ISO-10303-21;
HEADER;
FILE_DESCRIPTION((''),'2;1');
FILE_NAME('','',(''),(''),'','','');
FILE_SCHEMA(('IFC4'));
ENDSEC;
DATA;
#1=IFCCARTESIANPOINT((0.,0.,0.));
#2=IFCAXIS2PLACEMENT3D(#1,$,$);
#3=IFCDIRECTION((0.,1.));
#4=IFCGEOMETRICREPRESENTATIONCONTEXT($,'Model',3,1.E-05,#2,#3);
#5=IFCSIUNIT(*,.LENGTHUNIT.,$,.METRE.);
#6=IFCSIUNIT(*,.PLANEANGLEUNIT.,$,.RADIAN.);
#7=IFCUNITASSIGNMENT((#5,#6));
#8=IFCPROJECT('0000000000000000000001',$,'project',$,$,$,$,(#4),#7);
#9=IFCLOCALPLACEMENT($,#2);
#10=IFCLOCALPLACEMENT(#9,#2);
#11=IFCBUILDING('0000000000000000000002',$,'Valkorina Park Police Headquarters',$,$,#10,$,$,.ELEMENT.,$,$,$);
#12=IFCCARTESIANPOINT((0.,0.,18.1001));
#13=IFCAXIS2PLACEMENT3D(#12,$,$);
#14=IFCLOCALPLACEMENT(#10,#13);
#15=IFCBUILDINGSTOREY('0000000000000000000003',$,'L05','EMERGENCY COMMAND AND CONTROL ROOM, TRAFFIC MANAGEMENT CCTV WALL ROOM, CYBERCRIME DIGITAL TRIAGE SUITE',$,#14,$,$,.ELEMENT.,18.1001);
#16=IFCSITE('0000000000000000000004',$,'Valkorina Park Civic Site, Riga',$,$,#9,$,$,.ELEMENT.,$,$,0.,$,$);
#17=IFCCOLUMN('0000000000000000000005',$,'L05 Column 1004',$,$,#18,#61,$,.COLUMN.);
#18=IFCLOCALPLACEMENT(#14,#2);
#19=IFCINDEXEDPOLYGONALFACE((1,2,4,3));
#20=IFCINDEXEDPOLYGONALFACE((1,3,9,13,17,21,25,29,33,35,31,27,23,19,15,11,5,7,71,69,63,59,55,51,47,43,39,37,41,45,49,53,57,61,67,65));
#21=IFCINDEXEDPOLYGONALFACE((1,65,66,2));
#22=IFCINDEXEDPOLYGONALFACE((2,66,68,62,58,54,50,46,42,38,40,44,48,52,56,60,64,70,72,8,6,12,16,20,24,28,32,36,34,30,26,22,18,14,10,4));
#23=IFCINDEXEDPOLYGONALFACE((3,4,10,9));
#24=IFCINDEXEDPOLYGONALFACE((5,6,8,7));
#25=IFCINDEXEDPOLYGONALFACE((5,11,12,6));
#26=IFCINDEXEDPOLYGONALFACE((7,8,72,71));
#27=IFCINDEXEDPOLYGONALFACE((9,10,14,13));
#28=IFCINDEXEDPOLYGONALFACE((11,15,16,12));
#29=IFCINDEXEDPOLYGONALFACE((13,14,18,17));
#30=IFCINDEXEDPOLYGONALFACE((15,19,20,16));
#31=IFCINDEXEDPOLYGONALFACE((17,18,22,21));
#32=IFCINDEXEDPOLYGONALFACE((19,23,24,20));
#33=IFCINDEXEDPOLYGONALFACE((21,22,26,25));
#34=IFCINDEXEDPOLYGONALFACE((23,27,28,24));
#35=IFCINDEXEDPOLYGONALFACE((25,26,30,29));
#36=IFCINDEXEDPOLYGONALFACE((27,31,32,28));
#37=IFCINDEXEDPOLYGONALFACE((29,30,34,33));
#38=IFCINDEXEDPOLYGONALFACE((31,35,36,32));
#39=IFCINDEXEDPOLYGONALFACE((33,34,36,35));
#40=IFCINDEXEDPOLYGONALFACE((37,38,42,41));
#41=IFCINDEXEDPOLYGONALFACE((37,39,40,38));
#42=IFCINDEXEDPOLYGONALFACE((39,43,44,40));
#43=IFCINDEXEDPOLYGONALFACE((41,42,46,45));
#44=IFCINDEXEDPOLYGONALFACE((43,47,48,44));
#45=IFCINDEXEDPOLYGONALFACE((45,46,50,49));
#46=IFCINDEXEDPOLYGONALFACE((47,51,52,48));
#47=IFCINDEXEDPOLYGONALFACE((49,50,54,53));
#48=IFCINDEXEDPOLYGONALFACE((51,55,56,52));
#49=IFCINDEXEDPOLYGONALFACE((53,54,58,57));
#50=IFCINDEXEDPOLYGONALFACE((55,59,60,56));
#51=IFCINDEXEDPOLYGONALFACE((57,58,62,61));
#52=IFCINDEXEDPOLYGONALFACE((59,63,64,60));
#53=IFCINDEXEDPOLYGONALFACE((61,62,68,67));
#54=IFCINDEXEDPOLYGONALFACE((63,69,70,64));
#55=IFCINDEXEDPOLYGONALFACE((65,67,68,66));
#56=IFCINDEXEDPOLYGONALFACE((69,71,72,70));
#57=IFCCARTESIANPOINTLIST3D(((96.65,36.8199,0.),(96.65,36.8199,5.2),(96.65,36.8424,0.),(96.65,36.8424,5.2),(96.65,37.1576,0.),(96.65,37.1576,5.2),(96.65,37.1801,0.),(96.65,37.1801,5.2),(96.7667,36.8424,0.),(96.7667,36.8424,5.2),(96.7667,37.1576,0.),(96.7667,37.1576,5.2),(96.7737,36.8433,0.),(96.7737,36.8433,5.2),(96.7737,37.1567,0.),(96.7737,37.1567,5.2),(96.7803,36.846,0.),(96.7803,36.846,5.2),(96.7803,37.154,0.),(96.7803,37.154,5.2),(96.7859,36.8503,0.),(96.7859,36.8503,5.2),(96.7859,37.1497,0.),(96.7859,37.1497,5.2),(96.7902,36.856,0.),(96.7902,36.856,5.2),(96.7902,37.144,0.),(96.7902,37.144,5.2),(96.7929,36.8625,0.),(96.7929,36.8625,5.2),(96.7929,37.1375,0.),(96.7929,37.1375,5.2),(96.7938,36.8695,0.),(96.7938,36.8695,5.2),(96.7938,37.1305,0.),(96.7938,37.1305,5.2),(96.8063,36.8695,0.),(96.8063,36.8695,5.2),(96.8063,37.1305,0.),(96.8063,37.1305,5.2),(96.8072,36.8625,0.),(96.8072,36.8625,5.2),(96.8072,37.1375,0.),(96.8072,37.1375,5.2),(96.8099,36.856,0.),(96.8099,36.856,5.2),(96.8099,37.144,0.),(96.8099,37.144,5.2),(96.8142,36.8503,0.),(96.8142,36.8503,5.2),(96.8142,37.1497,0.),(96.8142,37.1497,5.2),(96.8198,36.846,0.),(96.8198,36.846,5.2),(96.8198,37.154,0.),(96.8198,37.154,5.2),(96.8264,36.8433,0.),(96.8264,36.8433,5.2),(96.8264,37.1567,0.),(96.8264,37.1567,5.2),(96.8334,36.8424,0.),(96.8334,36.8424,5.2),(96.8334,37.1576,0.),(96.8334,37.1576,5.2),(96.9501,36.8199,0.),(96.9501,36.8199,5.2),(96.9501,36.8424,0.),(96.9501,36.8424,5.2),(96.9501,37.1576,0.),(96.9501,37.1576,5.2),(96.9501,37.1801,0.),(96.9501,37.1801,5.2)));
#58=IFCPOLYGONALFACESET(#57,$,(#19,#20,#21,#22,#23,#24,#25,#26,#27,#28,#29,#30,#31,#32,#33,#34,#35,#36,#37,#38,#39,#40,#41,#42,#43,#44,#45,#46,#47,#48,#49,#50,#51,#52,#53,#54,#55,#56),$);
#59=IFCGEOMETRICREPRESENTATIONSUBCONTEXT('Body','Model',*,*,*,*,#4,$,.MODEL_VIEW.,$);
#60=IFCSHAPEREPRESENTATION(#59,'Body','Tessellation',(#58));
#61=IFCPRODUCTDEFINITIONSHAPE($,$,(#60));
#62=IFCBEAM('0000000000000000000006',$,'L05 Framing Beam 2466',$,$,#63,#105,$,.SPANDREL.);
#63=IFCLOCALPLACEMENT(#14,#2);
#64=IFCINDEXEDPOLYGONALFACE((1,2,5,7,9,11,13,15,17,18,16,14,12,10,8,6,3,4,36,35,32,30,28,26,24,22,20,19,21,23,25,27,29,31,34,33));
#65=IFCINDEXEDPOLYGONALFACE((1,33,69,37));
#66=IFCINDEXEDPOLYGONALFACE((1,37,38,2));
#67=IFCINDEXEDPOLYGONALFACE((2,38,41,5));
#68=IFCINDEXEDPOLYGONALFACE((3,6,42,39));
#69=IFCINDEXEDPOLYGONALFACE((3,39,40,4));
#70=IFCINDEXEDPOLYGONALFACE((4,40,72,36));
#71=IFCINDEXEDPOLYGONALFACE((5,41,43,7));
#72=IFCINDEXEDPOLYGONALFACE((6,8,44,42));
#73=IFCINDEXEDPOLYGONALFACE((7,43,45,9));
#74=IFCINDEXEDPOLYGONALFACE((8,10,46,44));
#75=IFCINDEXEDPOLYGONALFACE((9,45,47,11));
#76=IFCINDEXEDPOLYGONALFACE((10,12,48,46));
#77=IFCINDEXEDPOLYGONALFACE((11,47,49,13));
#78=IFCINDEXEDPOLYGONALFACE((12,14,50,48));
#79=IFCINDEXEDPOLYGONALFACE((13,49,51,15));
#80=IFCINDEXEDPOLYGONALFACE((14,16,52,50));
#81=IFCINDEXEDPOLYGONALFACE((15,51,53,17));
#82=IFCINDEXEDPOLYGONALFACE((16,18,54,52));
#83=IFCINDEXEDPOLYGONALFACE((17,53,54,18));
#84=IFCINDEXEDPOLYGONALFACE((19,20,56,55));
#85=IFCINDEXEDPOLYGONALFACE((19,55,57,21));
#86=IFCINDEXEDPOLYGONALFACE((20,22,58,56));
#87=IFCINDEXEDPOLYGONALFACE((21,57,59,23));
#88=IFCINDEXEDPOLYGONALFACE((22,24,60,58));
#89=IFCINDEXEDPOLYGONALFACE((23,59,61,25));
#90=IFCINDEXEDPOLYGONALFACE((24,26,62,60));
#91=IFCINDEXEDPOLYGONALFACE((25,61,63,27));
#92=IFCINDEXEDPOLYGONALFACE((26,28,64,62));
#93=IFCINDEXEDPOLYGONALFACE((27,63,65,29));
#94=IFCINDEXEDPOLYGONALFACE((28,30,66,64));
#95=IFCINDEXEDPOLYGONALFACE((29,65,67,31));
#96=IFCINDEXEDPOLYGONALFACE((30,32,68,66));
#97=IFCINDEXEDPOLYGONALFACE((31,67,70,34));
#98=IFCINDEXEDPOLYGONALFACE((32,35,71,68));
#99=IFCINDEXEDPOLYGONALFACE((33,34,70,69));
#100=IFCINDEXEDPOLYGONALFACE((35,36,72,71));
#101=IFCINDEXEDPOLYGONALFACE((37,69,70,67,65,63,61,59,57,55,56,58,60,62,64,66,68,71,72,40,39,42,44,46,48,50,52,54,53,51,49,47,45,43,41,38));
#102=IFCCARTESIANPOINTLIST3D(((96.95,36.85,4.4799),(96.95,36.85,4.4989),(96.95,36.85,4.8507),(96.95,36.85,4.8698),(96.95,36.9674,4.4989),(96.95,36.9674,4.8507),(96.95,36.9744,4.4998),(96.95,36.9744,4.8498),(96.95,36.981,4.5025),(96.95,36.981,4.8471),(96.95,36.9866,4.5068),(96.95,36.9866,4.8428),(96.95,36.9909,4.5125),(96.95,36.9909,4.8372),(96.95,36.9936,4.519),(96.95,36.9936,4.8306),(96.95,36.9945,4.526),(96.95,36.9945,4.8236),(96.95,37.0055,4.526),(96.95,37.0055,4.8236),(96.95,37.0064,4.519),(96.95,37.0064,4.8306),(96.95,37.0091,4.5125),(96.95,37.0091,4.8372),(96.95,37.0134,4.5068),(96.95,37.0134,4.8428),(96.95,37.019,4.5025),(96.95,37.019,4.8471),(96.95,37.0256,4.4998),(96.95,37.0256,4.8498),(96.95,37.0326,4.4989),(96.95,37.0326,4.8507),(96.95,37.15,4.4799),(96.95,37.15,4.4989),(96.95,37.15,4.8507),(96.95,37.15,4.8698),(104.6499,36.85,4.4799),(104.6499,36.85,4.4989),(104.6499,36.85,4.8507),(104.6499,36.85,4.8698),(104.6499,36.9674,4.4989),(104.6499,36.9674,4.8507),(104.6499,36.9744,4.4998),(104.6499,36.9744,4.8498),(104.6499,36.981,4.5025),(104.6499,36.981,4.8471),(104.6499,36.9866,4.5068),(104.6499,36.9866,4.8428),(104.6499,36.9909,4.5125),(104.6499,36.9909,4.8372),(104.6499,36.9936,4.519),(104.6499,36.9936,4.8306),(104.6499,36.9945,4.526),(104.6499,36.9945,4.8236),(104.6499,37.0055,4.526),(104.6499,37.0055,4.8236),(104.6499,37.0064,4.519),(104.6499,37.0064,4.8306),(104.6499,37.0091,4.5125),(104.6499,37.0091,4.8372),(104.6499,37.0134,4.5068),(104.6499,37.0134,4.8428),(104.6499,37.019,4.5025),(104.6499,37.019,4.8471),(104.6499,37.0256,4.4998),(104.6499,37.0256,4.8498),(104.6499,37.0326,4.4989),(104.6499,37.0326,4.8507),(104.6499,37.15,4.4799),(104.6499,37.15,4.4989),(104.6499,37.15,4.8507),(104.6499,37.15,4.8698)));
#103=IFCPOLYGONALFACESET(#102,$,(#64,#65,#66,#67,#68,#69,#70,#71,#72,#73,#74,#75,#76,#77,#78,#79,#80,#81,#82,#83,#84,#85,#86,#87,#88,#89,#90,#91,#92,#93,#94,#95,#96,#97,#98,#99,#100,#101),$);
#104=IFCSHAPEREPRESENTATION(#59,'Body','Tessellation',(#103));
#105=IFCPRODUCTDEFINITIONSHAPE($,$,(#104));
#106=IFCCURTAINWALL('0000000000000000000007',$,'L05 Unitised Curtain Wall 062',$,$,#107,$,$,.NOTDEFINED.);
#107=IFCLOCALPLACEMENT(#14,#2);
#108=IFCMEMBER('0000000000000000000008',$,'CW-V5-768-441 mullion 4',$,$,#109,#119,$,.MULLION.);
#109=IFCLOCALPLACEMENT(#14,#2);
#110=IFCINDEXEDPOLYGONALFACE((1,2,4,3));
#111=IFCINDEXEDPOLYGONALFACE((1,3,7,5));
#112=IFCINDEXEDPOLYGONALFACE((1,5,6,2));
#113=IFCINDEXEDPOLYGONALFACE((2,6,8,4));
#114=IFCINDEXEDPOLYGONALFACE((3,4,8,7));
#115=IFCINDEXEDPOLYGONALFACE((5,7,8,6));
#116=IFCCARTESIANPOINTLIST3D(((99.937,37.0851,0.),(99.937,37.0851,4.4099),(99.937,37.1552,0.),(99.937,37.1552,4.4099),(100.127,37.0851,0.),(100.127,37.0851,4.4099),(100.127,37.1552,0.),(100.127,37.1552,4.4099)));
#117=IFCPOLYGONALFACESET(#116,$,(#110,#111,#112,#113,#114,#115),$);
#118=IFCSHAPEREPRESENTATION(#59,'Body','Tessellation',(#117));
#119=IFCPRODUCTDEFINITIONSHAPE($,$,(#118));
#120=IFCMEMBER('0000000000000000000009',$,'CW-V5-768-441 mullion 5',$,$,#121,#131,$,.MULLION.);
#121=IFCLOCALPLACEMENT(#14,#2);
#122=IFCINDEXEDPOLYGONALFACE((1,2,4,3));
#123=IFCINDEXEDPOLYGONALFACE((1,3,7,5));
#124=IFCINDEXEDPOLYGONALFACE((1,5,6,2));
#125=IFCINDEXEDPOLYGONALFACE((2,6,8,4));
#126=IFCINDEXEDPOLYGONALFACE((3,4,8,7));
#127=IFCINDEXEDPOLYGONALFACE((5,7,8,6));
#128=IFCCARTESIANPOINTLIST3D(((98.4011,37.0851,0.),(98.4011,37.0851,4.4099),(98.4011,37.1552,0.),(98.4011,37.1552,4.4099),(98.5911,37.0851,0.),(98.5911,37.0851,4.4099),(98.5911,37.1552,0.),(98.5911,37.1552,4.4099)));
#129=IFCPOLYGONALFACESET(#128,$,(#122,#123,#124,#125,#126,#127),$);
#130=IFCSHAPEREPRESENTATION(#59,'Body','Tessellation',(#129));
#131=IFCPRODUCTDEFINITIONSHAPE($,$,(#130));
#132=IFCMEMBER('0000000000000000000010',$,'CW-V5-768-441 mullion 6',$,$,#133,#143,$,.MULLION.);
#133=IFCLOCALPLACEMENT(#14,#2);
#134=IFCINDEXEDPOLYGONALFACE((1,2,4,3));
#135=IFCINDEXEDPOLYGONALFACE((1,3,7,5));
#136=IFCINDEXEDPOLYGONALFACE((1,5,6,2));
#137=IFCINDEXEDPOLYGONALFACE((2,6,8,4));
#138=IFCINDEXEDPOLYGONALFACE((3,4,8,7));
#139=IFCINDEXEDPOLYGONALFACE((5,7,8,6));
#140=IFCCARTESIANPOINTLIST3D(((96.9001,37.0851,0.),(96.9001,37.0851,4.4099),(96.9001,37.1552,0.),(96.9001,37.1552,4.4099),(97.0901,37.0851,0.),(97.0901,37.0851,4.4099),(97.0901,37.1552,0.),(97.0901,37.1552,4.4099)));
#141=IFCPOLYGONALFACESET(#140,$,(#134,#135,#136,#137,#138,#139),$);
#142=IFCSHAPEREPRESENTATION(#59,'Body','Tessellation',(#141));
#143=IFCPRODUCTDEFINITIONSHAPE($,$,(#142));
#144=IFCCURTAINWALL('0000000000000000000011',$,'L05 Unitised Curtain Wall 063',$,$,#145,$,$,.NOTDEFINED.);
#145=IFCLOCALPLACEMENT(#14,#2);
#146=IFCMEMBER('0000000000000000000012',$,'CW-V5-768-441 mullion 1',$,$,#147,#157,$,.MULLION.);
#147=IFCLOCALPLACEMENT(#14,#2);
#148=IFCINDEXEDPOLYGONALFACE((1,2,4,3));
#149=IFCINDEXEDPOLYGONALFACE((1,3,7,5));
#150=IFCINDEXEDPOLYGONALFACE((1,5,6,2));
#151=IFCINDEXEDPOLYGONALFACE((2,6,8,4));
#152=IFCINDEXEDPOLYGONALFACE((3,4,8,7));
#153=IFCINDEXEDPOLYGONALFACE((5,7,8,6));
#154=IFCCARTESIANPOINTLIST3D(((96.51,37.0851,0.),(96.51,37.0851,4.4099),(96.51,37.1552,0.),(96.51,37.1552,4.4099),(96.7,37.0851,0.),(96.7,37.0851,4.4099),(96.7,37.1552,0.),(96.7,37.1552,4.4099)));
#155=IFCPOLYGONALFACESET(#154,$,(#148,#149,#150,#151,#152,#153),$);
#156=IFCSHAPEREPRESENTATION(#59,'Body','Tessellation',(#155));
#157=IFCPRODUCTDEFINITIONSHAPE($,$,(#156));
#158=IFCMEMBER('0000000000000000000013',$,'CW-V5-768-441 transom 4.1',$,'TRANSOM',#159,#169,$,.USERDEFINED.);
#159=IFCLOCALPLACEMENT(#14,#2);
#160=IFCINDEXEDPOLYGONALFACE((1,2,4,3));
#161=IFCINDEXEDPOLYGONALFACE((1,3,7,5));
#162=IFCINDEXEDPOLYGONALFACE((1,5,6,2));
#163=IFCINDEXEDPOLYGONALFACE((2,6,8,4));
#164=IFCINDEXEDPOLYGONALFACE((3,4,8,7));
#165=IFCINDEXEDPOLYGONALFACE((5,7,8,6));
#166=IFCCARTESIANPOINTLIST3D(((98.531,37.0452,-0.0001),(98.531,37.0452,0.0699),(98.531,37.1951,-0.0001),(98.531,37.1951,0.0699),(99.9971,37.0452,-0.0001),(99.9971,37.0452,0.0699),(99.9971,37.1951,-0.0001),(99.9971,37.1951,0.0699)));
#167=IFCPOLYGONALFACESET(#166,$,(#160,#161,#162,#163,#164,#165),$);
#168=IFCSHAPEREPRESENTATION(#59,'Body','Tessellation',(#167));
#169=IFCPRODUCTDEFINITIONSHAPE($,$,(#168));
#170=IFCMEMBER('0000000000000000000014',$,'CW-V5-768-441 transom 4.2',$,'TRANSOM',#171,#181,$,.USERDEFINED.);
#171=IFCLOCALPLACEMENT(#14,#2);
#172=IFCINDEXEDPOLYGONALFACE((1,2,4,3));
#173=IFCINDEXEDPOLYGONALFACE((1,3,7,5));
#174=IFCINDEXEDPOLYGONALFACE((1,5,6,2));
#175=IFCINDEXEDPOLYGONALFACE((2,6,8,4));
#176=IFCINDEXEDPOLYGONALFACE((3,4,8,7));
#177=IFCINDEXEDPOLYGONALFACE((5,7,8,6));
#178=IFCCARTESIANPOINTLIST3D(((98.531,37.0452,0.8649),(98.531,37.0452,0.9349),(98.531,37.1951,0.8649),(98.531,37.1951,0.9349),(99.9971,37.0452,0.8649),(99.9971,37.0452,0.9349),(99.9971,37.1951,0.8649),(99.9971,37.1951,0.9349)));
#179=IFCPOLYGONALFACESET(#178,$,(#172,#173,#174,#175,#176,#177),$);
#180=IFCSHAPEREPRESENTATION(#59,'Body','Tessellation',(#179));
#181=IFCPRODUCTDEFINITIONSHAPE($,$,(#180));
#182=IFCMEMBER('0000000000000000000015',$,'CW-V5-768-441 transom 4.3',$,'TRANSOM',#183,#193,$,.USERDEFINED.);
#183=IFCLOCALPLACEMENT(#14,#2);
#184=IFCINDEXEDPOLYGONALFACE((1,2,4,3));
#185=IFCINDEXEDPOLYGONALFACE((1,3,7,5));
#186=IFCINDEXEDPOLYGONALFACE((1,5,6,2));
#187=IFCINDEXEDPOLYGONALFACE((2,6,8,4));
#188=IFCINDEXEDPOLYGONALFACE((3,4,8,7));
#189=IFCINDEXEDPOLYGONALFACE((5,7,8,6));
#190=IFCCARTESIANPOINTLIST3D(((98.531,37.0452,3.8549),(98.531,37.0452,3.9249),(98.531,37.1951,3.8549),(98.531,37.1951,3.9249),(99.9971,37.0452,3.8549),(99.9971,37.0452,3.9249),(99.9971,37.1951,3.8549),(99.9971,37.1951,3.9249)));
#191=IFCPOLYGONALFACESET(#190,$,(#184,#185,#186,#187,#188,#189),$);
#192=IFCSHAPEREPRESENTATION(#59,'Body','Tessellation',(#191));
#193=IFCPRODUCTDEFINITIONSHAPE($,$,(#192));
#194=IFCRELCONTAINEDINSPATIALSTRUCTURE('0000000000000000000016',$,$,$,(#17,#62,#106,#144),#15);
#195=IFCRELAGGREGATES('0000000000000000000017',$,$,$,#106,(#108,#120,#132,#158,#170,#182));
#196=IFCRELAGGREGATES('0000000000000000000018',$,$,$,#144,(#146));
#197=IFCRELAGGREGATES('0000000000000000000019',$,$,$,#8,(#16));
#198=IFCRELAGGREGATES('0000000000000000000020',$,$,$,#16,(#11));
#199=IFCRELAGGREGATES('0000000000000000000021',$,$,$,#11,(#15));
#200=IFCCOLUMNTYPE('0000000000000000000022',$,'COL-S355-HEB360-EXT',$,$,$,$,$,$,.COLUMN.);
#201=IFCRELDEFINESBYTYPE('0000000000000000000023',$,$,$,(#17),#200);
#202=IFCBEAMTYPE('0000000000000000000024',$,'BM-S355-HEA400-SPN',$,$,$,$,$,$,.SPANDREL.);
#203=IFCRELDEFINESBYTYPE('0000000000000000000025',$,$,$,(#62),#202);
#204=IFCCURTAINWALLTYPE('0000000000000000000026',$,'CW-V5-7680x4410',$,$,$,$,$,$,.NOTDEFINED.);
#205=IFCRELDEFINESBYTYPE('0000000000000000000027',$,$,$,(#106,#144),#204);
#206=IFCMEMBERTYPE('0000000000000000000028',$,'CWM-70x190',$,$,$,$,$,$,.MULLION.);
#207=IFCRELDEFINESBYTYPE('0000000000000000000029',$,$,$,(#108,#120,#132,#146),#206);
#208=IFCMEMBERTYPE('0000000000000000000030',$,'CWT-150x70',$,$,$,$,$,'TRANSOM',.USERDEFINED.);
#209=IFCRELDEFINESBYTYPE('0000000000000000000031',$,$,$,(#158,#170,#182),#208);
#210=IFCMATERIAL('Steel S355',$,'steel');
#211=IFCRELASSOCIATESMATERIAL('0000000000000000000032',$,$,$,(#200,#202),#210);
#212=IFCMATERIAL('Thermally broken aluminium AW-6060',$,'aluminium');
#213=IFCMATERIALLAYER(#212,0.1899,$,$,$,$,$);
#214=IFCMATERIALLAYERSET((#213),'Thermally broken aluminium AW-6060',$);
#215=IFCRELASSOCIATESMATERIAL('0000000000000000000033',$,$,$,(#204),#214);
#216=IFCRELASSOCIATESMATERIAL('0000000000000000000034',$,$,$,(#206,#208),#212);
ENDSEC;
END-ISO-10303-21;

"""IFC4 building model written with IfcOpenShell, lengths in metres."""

from ifc_helpers import new_model, si_unit, direction, frame, origin, origin_2d, place, context, subcontext, project, spatial, rectangle, i_section, extrude, material, layer, layer_set, material_profile, profile_set, type_object, element, aggregate, save


model = new_model("IFC4")

# Units and contexts
model_context = context("Model", 3, precision=1e-05, world=origin(), true_north=direction((0.0, 1.0)))
body_context = subcontext(model_context, "Body", "Model", "MODEL_VIEW")
ifc_project = project(units=[si_unit("LENGTHUNIT", "METRE"), si_unit("PLANEANGLEUNIT", "RADIAN")], contexts=[model_context])

# Site, building, storey
site_placement = place(None, origin())
site = spatial("IfcSite", under=ifc_project, at=site_placement, Name="Valkorina Park Civic Site, Riga", CompositionType="ELEMENT", RefElevation=0.0)
building_placement = place(site_placement, origin())
building = spatial("IfcBuilding", under=site, at=building_placement, Name="Valkorina Park Police Headquarters", CompositionType="ELEMENT")
storey_placement = place(building_placement, frame((0.0, 0.0, 18.1001)))
storey = spatial("IfcBuildingStorey", under=building, at=storey_placement, Name="L05", Description="EMERGENCY COMMAND AND CONTROL ROOM, TRAFFIC MANAGEMENT CCTV WALL ROOM, CYBERCRIME DIGITAL TRIAGE SUITE", CompositionType="ELEMENT", Elevation=18.1001)

# Column
ifc_material_1 = material(Name="Steel S355", Category="steel")
ifc_material_profile_1 = material_profile(ifc_material_1, i_section(OverallWidth=0.3, OverallDepth=0.3601, WebThickness=0.0125, FlangeThickness=0.0225, FilletRadius=0.0271, at=origin_2d()), Name="HEB 360")
ifc_profile_set_1 = profile_set([ifc_material_profile_1], Name="Steel S355")
column_type = type_object("IfcColumnType", Name="COL-S355-HEB360-EXT", PredefinedType="COLUMN", material=ifc_profile_set_1)
column_placement = place(storey_placement, frame((96.8, 37.0, 0.0), z_axis=(0.0, 0.0, 1.0), x_axis=(1.0, 0.0, 0.0)))
element("IfcColumn", 1, at=column_placement, inside=storey, type_object=column_type, Name="L05 Column 1004", PredefinedType="COLUMN", context=body_context, shape_type="SweptSolid", body=[
    extrude(i_section(OverallWidth=0.3, OverallDepth=0.3601, WebThickness=0.0125, FlangeThickness=0.0225, FilletRadius=0.0271, at=origin_2d()), origin(), (0.0, 0.0, 1.0), 5.2),
])

# Beam
ifc_material_profile_2 = material_profile(ifc_material_1, i_section(OverallWidth=0.3, OverallDepth=0.3899, WebThickness=0.011, FlangeThickness=0.019, FilletRadius=0.0271, at=origin_2d()), Name="HEA 400")
ifc_profile_set_2 = profile_set([ifc_material_profile_2], Name="Steel S355")
beam_type = type_object("IfcBeamType", Name="BM-S355-HEA400-SPN", PredefinedType="SPANDREL", material=ifc_profile_set_2)
beam_placement = place(storey_placement, frame((96.95, 37.0, 4.6748), z_axis=(1.0, 0.0, 0.0), x_axis=(0.0, 1.0, 0.0)))
element("IfcBeam", 2, at=beam_placement, inside=storey, type_object=beam_type, Name="L05 Framing Beam 2466", PredefinedType="SPANDREL", context=body_context, shape_type="SweptSolid", body=[
    extrude(i_section(OverallWidth=0.3, OverallDepth=0.3899, WebThickness=0.011, FlangeThickness=0.019, FilletRadius=0.0271, at=origin_2d()), origin(), (0.0, 0.0, 1.0), 7.7),
])

# Curtain wall, members
ifc_material_2 = material(Name="Thermally broken aluminium AW-6060", Category="aluminium")
ifc_layer_1 = layer(ifc_material_2, 0.1899)
ifc_layer_set_1 = layer_set([ifc_layer_1], Name="Thermally broken aluminium AW-6060")
curtain_wall_type = type_object("IfcCurtainWallType", Name="CW-V5-7680x4410", PredefinedType="NOTDEFINED", material=ifc_layer_set_1)
curtain_wall_1_placement = place(storey_placement, origin())
curtain_wall_1 = element("IfcCurtainWall", 3, at=curtain_wall_1_placement, inside=storey, type_object=curtain_wall_type, Name="L05 Unitised Curtain Wall 062", PredefinedType="NOTDEFINED")
ifc_material_profile_3 = material_profile(ifc_material_2, rectangle(XDim=0.0701, YDim=0.1899, at=origin_2d()), Name="CWM-02 70x190")
ifc_profile_set_3 = profile_set([ifc_material_profile_3], Name="Thermally broken aluminium AW-6060")
member_type_1 = type_object("IfcMemberType", Name="CWM-70x190", PredefinedType="MULLION", material=ifc_profile_set_3)
member_1_placement = place(storey_placement, frame((100.032, 37.1201, 0.0), z_axis=(0.0, 0.0, 1.0), x_axis=(0.0, -1.0, 0.0)))
member_1 = element("IfcMember", 4, at=member_1_placement, type_object=member_type_1, Name="CW-V5-768-441 mullion 4", PredefinedType="MULLION", context=body_context, shape_type="SweptSolid", body=[
    extrude(rectangle(XDim=0.0701, YDim=0.1899, at=origin_2d()), origin(), (0.0, 0.0, 1.0), 4.4099),
])
member_2_placement = place(storey_placement, frame((98.4961, 37.1201, 0.0), z_axis=(0.0, 0.0, 1.0), x_axis=(0.0, -1.0, 0.0)))
member_2 = element("IfcMember", 5, at=member_2_placement, type_object=member_type_1, Name="CW-V5-768-441 mullion 5", PredefinedType="MULLION", context=body_context, shape_type="SweptSolid", body=[
    extrude(rectangle(XDim=0.0701, YDim=0.1899, at=origin_2d()), origin(), (0.0, 0.0, 1.0), 4.4099),
])
member_3_placement = place(storey_placement, frame((96.9951, 37.1201, 0.0), z_axis=(0.0, 0.0, 1.0), x_axis=(0.0, -1.0, 0.0)))
member_3 = element("IfcMember", 6, at=member_3_placement, type_object=member_type_1, Name="CW-V5-768-441 mullion 6", PredefinedType="MULLION", context=body_context, shape_type="SweptSolid", body=[
    extrude(rectangle(XDim=0.0701, YDim=0.1899, at=origin_2d()), origin(), (0.0, 0.0, 1.0), 4.4099),
])

# Curtain wall, member
curtain_wall_2_placement = place(storey_placement, origin())
curtain_wall_2 = element("IfcCurtainWall", 7, at=curtain_wall_2_placement, inside=storey, type_object=curtain_wall_type, Name="L05 Unitised Curtain Wall 063", PredefinedType="NOTDEFINED")
member_4_placement = place(storey_placement, frame((96.605, 37.1201, 0.0), z_axis=(0.0, 0.0, 1.0), x_axis=(0.0, -1.0, 0.0)))
member_4 = element("IfcMember", 8, at=member_4_placement, type_object=member_type_1, Name="CW-V5-768-441 mullion 1", PredefinedType="MULLION", context=body_context, shape_type="SweptSolid", body=[
    extrude(rectangle(XDim=0.0701, YDim=0.1899, at=origin_2d()), origin(), (0.0, 0.0, 1.0), 4.4099),
])

# Members
ifc_material_profile_4 = material_profile(ifc_material_2, rectangle(XDim=0.1499, YDim=0.0701, at=origin_2d()), Name="CWT-02 150x70")
ifc_profile_set_4 = profile_set([ifc_material_profile_4], Name="Thermally broken aluminium AW-6060")
member_type_2 = type_object("IfcMemberType", Name="CWT-150x70", ElementType="TRANSOM", PredefinedType="USERDEFINED", material=ifc_profile_set_4)
member_5_placement = place(storey_placement, frame((99.9971, 37.1201, 0.0349), z_axis=(-1.0, 0.0, 0.0), x_axis=(0.0, -1.0, 0.0)))
member_5 = element("IfcMember", 9, at=member_5_placement, type_object=member_type_2, Name="CW-V5-768-441 transom 4.1", ObjectType="TRANSOM", PredefinedType="USERDEFINED", context=body_context, shape_type="SweptSolid", body=[
    extrude(rectangle(XDim=0.1499, YDim=0.0701, at=origin_2d()), origin(), (0.0, 0.0, 1.0), 1.4661),
])
member_6_placement = place(storey_placement, frame((99.9971, 37.1201, 0.8999), z_axis=(-1.0, 0.0, 0.0), x_axis=(0.0, -1.0, 0.0)))
member_6 = element("IfcMember", 10, at=member_6_placement, type_object=member_type_2, Name="CW-V5-768-441 transom 4.2", ObjectType="TRANSOM", PredefinedType="USERDEFINED", context=body_context, shape_type="SweptSolid", body=[
    extrude(rectangle(XDim=0.1499, YDim=0.0701, at=origin_2d()), origin(), (0.0, 0.0, 1.0), 1.4661),
])
member_7_placement = place(storey_placement, frame((99.9971, 37.1201, 3.8899), z_axis=(-1.0, 0.0, 0.0), x_axis=(0.0, -1.0, 0.0)))
member_7 = element("IfcMember", 11, at=member_7_placement, type_object=member_type_2, Name="CW-V5-768-441 transom 4.3", ObjectType="TRANSOM", PredefinedType="USERDEFINED", context=body_context, shape_type="SweptSolid", body=[
    extrude(rectangle(XDim=0.1499, YDim=0.0701, at=origin_2d()), origin(), (0.0, 0.0, 1.0), 1.4661),
])

aggregate(curtain_wall_1, [member_1, member_2, member_3, member_5, member_6, member_7])
aggregate(curtain_wall_2, [member_4])

save(model, "model.ifc")
